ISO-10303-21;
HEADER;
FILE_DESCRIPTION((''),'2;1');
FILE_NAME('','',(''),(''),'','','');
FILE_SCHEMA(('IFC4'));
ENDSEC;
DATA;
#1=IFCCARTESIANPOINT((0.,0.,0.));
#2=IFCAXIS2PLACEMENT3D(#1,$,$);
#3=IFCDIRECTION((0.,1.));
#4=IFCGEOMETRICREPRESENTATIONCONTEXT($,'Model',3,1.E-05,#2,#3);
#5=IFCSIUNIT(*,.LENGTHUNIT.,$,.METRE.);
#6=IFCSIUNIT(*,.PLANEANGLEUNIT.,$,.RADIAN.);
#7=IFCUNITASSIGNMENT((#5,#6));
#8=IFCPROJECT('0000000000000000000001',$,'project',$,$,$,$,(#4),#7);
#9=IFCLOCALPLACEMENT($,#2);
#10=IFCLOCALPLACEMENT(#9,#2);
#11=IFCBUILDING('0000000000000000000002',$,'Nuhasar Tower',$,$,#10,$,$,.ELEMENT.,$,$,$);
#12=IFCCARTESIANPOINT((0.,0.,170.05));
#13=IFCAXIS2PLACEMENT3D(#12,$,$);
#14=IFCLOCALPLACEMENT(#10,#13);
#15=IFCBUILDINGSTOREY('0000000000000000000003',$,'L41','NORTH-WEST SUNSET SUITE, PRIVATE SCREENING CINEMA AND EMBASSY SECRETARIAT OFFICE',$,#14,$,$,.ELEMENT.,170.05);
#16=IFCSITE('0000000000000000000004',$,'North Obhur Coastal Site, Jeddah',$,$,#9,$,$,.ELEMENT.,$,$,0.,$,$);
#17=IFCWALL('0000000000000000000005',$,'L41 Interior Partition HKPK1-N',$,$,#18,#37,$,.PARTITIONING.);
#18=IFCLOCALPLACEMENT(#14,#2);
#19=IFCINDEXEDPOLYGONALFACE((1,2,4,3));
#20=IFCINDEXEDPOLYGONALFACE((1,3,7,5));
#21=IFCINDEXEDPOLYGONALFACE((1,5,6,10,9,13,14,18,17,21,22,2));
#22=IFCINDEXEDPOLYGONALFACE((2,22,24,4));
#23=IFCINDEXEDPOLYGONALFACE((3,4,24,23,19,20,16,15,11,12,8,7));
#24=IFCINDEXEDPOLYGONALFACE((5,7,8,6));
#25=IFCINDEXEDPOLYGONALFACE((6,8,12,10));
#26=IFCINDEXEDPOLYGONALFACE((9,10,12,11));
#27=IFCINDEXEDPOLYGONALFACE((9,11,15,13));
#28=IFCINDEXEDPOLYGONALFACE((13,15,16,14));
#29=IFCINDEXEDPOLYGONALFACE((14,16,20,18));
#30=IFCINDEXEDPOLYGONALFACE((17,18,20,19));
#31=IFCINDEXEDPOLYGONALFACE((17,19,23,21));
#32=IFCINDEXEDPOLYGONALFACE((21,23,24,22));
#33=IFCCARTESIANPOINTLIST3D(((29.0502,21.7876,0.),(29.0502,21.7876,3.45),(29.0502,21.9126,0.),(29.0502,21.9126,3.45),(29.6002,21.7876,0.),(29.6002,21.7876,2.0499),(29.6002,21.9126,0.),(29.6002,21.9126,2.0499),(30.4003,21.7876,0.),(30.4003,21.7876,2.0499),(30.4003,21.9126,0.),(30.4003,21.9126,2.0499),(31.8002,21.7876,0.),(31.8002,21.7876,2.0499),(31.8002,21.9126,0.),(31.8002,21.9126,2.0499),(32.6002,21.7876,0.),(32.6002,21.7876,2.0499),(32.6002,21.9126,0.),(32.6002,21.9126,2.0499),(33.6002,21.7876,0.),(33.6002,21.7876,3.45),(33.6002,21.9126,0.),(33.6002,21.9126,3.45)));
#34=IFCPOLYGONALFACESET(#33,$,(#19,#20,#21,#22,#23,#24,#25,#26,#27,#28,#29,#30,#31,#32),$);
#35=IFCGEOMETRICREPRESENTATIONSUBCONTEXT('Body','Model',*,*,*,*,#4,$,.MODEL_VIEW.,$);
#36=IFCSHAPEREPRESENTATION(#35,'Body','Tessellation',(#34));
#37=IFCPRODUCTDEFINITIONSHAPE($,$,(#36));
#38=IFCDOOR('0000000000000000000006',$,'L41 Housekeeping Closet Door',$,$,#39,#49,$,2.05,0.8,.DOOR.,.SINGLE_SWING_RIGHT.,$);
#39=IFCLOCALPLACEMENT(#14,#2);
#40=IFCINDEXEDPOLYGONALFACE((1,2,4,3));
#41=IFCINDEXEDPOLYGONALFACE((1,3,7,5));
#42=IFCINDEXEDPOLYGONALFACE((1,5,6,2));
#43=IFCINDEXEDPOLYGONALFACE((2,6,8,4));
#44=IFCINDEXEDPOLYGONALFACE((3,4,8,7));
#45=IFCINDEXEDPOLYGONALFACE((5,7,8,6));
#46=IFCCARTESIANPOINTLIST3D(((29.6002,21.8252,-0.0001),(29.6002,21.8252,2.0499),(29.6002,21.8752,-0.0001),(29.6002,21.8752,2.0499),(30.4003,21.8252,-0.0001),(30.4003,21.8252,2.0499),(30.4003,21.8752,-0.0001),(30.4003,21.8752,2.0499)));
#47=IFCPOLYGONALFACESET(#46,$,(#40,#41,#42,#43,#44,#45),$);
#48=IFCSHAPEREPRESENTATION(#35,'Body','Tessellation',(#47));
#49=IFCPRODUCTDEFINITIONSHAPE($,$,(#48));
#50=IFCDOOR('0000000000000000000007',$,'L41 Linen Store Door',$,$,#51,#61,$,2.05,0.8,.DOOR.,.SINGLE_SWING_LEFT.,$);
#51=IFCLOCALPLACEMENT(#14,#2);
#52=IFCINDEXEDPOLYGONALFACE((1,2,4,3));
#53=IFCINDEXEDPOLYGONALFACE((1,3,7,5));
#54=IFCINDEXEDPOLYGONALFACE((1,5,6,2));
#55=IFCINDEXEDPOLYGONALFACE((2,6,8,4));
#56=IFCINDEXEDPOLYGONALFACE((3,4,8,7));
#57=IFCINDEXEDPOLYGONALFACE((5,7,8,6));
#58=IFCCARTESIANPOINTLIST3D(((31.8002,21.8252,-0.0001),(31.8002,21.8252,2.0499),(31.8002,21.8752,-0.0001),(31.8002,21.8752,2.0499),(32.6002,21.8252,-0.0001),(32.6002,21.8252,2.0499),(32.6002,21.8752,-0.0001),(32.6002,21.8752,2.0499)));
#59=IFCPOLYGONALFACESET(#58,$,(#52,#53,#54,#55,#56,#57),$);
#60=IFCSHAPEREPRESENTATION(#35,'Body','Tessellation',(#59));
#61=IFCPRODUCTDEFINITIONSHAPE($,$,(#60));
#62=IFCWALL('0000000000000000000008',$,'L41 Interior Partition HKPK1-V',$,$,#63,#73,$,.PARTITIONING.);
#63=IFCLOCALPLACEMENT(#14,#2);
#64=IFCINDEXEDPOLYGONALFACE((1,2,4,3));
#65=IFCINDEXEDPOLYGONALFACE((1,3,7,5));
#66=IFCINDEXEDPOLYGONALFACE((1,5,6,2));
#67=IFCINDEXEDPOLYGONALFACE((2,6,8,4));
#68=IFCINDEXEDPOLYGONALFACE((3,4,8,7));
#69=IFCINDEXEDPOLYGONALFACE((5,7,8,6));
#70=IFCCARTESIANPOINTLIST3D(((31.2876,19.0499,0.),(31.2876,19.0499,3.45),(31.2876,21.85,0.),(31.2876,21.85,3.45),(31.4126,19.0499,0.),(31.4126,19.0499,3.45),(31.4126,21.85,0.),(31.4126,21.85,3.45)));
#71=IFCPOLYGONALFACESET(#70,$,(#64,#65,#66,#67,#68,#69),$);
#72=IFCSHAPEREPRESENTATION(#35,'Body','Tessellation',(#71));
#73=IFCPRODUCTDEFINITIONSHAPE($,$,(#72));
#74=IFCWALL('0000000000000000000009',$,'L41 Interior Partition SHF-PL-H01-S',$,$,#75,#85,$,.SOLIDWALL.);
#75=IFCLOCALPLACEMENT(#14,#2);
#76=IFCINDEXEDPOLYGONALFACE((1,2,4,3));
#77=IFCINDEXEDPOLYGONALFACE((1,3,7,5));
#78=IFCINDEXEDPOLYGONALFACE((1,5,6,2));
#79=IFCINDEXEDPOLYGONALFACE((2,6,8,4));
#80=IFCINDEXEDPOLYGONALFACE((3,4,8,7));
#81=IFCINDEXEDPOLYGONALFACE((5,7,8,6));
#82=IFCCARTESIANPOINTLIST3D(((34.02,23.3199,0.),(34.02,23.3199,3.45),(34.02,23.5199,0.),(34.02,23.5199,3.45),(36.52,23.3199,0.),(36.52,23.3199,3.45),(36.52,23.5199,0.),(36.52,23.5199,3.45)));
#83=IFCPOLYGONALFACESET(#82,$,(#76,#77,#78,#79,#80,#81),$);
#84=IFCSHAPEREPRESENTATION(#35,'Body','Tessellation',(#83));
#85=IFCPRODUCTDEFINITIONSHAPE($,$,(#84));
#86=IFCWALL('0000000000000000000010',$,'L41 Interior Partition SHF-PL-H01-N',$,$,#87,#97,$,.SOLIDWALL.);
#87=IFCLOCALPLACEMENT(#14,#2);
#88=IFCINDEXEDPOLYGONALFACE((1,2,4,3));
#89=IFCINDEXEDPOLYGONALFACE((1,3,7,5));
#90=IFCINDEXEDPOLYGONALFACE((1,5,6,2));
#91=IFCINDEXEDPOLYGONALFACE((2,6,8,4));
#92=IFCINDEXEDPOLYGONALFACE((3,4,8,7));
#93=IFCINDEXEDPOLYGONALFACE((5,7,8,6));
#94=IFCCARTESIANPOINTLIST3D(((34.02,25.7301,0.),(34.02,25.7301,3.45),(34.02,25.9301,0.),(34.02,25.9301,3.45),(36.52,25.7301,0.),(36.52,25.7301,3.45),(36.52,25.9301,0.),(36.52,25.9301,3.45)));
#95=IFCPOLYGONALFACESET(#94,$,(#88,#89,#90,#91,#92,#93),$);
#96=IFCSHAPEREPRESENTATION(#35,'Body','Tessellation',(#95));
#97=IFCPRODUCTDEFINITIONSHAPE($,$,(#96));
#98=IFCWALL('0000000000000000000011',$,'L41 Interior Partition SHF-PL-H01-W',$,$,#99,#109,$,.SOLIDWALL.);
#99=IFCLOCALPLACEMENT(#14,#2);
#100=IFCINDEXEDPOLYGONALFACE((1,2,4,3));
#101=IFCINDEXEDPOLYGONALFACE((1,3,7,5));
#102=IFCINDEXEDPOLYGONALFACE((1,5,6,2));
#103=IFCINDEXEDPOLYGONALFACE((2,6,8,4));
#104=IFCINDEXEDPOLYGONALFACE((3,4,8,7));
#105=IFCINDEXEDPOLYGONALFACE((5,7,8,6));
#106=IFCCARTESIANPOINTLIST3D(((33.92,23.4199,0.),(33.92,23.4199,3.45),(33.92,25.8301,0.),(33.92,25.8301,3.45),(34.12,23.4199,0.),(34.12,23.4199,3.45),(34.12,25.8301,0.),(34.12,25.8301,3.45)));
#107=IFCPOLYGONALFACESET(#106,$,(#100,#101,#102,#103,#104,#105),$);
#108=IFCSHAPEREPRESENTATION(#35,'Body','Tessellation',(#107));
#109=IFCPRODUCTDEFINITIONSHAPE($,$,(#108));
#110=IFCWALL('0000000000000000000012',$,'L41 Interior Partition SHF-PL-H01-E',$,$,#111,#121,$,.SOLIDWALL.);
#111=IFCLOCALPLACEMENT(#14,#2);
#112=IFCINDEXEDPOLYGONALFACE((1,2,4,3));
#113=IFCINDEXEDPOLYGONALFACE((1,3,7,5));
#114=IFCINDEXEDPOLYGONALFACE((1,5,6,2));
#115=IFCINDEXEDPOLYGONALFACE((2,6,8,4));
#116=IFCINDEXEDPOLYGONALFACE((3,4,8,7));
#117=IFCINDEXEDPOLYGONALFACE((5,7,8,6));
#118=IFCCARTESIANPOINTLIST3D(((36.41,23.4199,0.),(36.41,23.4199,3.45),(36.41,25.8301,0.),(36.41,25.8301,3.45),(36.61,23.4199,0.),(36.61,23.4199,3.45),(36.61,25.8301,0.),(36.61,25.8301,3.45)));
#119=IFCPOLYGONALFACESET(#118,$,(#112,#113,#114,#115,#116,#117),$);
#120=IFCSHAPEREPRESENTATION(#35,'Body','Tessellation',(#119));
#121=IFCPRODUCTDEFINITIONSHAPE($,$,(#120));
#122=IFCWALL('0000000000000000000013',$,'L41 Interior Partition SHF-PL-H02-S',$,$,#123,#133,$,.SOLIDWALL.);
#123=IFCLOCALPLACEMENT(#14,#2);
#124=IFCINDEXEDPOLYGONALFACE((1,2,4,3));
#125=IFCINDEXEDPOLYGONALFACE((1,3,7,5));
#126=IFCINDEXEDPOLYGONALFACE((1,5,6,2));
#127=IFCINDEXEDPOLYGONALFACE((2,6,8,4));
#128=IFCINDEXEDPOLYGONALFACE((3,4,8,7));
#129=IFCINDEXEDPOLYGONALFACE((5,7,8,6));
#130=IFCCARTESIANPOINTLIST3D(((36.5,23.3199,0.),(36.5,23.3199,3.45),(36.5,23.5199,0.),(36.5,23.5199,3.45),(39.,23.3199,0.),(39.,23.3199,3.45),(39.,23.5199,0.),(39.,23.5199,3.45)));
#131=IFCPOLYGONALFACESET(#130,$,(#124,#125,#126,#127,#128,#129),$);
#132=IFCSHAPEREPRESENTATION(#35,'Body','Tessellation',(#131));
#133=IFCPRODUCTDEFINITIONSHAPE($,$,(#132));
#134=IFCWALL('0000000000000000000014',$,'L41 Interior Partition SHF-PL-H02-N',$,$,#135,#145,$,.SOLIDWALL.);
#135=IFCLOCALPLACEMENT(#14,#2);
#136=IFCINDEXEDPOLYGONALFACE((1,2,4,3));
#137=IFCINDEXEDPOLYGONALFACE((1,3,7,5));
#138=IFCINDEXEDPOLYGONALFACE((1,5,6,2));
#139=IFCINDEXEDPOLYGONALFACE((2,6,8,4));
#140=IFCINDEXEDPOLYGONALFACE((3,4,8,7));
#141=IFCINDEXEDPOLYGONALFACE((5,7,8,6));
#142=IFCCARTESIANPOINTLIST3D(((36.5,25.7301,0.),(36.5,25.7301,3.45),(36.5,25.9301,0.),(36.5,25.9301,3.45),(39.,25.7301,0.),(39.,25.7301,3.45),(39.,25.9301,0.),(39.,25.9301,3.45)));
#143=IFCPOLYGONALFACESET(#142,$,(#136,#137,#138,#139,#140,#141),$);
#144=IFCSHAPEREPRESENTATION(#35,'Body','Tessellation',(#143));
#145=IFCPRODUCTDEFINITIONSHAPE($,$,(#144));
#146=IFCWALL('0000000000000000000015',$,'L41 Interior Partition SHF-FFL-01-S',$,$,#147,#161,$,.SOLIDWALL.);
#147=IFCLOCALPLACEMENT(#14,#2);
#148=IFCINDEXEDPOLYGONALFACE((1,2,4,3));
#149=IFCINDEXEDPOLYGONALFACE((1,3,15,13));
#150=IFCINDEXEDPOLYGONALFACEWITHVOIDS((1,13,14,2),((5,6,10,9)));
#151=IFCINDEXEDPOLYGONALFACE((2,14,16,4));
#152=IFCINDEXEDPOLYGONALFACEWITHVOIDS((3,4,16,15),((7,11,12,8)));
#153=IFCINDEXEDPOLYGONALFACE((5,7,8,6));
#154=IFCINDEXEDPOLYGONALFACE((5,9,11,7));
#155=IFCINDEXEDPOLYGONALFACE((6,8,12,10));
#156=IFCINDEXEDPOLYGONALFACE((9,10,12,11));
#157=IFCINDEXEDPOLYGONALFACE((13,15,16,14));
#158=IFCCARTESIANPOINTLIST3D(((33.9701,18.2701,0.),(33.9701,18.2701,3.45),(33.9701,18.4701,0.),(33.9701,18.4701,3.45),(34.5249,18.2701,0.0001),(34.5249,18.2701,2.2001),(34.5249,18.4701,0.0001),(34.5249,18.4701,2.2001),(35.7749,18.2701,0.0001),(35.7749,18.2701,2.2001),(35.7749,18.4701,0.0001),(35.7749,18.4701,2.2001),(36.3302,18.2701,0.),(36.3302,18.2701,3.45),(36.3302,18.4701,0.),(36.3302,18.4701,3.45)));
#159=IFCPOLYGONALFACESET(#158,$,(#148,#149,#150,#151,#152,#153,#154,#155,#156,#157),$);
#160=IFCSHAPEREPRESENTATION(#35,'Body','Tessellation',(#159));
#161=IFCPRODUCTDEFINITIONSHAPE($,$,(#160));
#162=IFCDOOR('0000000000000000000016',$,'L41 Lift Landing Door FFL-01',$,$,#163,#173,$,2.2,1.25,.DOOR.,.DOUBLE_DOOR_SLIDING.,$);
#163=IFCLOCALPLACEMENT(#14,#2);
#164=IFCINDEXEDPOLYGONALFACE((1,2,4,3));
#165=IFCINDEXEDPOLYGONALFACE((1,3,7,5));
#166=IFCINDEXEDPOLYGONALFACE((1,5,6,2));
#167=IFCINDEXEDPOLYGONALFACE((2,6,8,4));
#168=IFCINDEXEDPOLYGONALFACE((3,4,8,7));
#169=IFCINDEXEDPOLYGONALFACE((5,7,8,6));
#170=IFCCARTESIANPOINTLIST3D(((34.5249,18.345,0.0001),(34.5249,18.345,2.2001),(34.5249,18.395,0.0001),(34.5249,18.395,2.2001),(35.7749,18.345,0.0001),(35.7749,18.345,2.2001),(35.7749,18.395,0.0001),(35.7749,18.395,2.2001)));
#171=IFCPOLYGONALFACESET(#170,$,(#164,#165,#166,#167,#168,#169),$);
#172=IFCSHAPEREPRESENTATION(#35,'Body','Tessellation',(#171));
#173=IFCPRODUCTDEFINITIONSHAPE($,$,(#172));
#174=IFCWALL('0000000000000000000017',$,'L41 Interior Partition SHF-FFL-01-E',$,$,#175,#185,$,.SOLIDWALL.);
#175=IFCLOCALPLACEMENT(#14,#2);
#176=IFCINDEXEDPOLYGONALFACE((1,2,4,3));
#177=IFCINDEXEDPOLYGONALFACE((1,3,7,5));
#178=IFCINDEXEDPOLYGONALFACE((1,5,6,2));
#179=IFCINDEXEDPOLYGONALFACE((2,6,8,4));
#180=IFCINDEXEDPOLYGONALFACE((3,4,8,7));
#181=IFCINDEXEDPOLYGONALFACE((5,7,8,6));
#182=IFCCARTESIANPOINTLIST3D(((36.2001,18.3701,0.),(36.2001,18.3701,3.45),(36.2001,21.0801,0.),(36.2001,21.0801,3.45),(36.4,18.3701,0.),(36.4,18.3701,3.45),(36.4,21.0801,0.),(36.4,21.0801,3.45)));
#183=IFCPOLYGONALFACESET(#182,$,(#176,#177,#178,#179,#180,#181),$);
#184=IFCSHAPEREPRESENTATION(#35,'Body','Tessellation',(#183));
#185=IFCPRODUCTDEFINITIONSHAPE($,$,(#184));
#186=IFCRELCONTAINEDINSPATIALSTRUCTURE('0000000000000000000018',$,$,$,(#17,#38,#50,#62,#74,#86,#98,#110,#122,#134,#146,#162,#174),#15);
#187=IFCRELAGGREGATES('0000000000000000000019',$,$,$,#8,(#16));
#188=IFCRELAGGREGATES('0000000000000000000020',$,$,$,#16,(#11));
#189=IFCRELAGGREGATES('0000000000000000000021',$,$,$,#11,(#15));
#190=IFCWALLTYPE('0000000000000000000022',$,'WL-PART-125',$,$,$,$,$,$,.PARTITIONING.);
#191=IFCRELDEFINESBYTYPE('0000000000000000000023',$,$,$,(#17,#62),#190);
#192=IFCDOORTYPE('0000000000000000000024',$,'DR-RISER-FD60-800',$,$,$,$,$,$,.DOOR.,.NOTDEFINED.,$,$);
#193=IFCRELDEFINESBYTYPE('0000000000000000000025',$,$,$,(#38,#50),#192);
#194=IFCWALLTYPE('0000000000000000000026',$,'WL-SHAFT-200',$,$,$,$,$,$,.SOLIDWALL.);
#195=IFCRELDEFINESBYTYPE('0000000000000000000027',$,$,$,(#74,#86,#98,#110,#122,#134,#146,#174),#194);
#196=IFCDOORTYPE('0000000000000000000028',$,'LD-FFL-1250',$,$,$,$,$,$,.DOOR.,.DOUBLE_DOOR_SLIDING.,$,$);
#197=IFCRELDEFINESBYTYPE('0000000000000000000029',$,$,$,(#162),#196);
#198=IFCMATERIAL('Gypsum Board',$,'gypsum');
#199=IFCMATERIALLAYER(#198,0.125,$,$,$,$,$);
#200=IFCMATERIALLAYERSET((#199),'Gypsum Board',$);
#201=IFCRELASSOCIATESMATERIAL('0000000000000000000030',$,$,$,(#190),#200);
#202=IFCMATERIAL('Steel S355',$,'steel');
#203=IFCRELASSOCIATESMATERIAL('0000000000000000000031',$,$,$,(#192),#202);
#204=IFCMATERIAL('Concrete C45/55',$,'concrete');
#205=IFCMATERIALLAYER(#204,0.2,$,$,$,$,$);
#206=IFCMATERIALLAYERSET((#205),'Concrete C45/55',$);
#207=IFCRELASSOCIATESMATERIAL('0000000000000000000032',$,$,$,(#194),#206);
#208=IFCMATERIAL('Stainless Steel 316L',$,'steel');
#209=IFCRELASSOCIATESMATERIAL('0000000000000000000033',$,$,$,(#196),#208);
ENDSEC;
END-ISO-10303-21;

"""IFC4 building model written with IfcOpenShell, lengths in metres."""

from ifc_helpers import new_model, si_unit, direction, frame, frame_2d, origin, place, context, subcontext, project, spatial, rectangle, extrude, material, layer, layer_set, type_object, element, fill, save


model = new_model("IFC4")

# Units and contexts
model_context = context("Model", 3, precision=1e-05, world=origin(), true_north=direction((0.0, 1.0)))
body_context = subcontext(model_context, "Body", "Model", "MODEL_VIEW")
ifc_project = project(units=[si_unit("LENGTHUNIT", "METRE"), si_unit("PLANEANGLEUNIT", "RADIAN")], contexts=[model_context])

# Site, building, storey
site_placement = place(None, origin())
site = spatial("IfcSite", under=ifc_project, at=site_placement, Name="North Obhur Coastal Site, Jeddah", CompositionType="ELEMENT", RefElevation=0.0)
building_placement = place(site_placement, origin())
building = spatial("IfcBuilding", under=site, at=building_placement, Name="Nuhasar Tower", CompositionType="ELEMENT")
storey_placement = place(building_placement, frame((0.0, 0.0, 170.05)))
storey = spatial("IfcBuildingStorey", under=building, at=storey_placement, Name="L41", Description="NORTH-WEST SUNSET SUITE, PRIVATE SCREENING CINEMA AND EMBASSY SECRETARIAT OFFICE", CompositionType="ELEMENT", Elevation=170.05)

# Shared definitions
ifc_material_1 = material(Name="Steel S355", Category="steel")

# Shared definitions
ifc_material_2 = material(Name="Gypsum Board", Category="gypsum")

# Shared definitions
ifc_material_3 = material(Name="Concrete C45/55", Category="concrete")

# Wall, openings, doors
ifc_layer_1 = layer(ifc_material_2, 0.125)
ifc_layer_set_1 = layer_set([ifc_layer_1], Name="Gypsum Board")
wall_type_1 = type_object("IfcWallType", Name="WL-PART-125", PredefinedType="PARTITIONING", material=ifc_layer_set_1)
wall_1_placement = place(storey_placement, frame((33.6001, 21.8501, 0.0), z_axis=(0.0, 0.0, 1.0), x_axis=(-1.0, 0.0, 0.0)))
wall_1 = element("IfcWall", 1, at=wall_1_placement, inside=storey, type_object=wall_type_1, Name="L41 Interior Partition HKPK1-N", PredefinedType="PARTITIONING", context=body_context, shape_type="SweptSolid", body=[
    extrude(rectangle(XDim=4.55, YDim=0.125, at=frame_2d((2.2749, 0.0))), origin(), (0.0, 0.0, 1.0), 3.45),
])
opening_1_placement = place(wall_1_placement, frame((3.2, 0.0, 0.0)))
opening_1 = element("IfcOpeningElement", 2, at=opening_1_placement, cuts=wall_1, PredefinedType="OPENING", context=body_context, shape_type="SweptSolid", body=[
    extrude(rectangle(XDim=0.8, YDim=2.05, at=frame_2d((0.3999, 1.0249))), frame((0.0, 0.0725, 0.0), z_axis=(0.0, -1.0, 0.0), x_axis=(1.0, 0.0, 0.0)), (0.0, 0.0, 1.0), 0.145),
])
opening_2_placement = place(wall_1_placement, frame((1.0, 0.0, 0.0)))
opening_2 = element("IfcOpeningElement", 3, at=opening_2_placement, cuts=wall_1, PredefinedType="OPENING", context=body_context, shape_type="SweptSolid", body=[
    extrude(rectangle(XDim=0.8, YDim=2.05, at=frame_2d((0.3999, 1.0249))), frame((0.0, 0.0725, 0.0), z_axis=(0.0, -1.0, 0.0), x_axis=(1.0, 0.0, 0.0)), (0.0, 0.0, 1.0), 0.145),
])
door_type_1 = type_object("IfcDoorType", Name="DR-RISER-FD60-800", OperationType="NOTDEFINED", PredefinedType="DOOR", material=ifc_material_1)
door_1_placement = place(opening_1_placement, origin())
door_1 = element("IfcDoor", 4, at=door_1_placement, inside=storey, type_object=door_type_1, Name="L41 Housekeeping Closet Door", OperationType="SINGLE_SWING_RIGHT", OverallHeight=2.05, OverallWidth=0.8, PredefinedType="DOOR", context=body_context, shape_type="SweptSolid", body=[
    extrude(rectangle(XDim=0.8, YDim=2.05, at=frame_2d((0.3999, 1.0249))), frame((0.0, 0.0249, 0.0), z_axis=(0.0, -1.0, 0.0), x_axis=(1.0, 0.0, 0.0)), (0.0, 0.0, 1.0), 0.05),
])
fill(opening_1, door_1)
door_2_placement = place(opening_2_placement, origin())
door_2 = element("IfcDoor", 5, at=door_2_placement, inside=storey, type_object=door_type_1, Name="L41 Linen Store Door", OperationType="SINGLE_SWING_LEFT", OverallHeight=2.05, OverallWidth=0.8, PredefinedType="DOOR", context=body_context, shape_type="SweptSolid", body=[
    extrude(rectangle(XDim=0.8, YDim=2.05, at=frame_2d((0.3999, 1.0249))), frame((0.0, 0.0249, 0.0), z_axis=(0.0, -1.0, 0.0), x_axis=(1.0, 0.0, 0.0)), (0.0, 0.0, 1.0), 0.05),
])
fill(opening_2, door_2)

# Walls
wall_2_placement = place(storey_placement, frame((31.3501, 19.05, 0.0), z_axis=(0.0, 0.0, 1.0), x_axis=(0.0, 1.0, 0.0)))
element("IfcWall", 6, at=wall_2_placement, inside=storey, type_object=wall_type_1, Name="L41 Interior Partition HKPK1-V", PredefinedType="PARTITIONING", context=body_context, shape_type="SweptSolid", body=[
    extrude(rectangle(XDim=2.8, YDim=0.125, at=frame_2d((1.3999, 0.0))), origin(), (0.0, 0.0, 1.0), 3.45),
])
ifc_layer_2 = layer(ifc_material_3, 0.2)
ifc_layer_set_2 = layer_set([ifc_layer_2], Name="Concrete C45/55")
wall_type_2 = type_object("IfcWallType", Name="WL-SHAFT-200", PredefinedType="SOLIDWALL", material=ifc_layer_set_2)
for number, where, z_axis, x_axis, name in (
    (7, (34.02, 23.4199, 0.0), (0.0, 0.0, 1.0), (1.0, 0.0, 0.0), "L41 Interior Partition SHF-PL-H01-S"),
    (8, (34.02, 25.8301, 0.0), (0.0, 0.0, 1.0), (1.0, 0.0, 0.0), "L41 Interior Partition SHF-PL-H01-N"),
):
    element("IfcWall", number, at=place(storey_placement, frame(where, z_axis=z_axis, x_axis=x_axis)), inside=storey, type_object=wall_type_2, Name=name, PredefinedType="SOLIDWALL", context=body_context, shape_type="SweptSolid", body=[
        extrude(rectangle(XDim=2.5, YDim=0.2, at=frame_2d((1.25, 0.0))), origin(), (0.0, 0.0, 1.0), 3.45),
    ])
for number, where, z_axis, x_axis, name in (
    (9, (34.02, 23.4199, 0.0), (0.0, 0.0, 1.0), (0.0, 1.0, 0.0), "L41 Interior Partition SHF-PL-H01-W"),
    (10, (36.51, 23.4199, 0.0), (0.0, 0.0, 1.0), (0.0, 1.0, 0.0), "L41 Interior Partition SHF-PL-H01-E"),
):
    element("IfcWall", number, at=place(storey_placement, frame(where, z_axis=z_axis, x_axis=x_axis)), inside=storey, type_object=wall_type_2, Name=name, PredefinedType="SOLIDWALL", context=body_context, shape_type="SweptSolid", body=[
        extrude(rectangle(XDim=2.4102, YDim=0.2, at=frame_2d((1.2051, 0.0))), origin(), (0.0, 0.0, 1.0), 3.45),
    ])
for number, where, z_axis, x_axis, name in (
    (11, (36.5, 23.4199, 0.0), (0.0, 0.0, 1.0), (1.0, 0.0, 0.0), "L41 Interior Partition SHF-PL-H02-S"),
    (12, (36.5, 25.8301, 0.0), (0.0, 0.0, 1.0), (1.0, 0.0, 0.0), "L41 Interior Partition SHF-PL-H02-N"),
):
    element("IfcWall", number, at=place(storey_placement, frame(where, z_axis=z_axis, x_axis=x_axis)), inside=storey, type_object=wall_type_2, Name=name, PredefinedType="SOLIDWALL", context=body_context, shape_type="SweptSolid", body=[
        extrude(rectangle(XDim=2.5, YDim=0.2, at=frame_2d((1.25, 0.0))), origin(), (0.0, 0.0, 1.0), 3.45),
    ])

# Wall, opening, door
wall_3_placement = place(storey_placement, frame((33.97, 18.3701, 0.0), z_axis=(0.0, 0.0, 1.0), x_axis=(1.0, 0.0, 0.0)))
wall_3 = element("IfcWall", 13, at=wall_3_placement, inside=storey, type_object=wall_type_2, Name="L41 Interior Partition SHF-FFL-01-S", PredefinedType="SOLIDWALL", context=body_context, shape_type="SweptSolid", body=[
    extrude(rectangle(XDim=2.3601, YDim=0.2, at=frame_2d((1.1802, 0.0))), origin(), (0.0, 0.0, 1.0), 3.45),
])
opening_3_placement = place(wall_3_placement, frame((0.5549, 0.0, 0.0)))
opening_3 = element("IfcOpeningElement", 14, at=opening_3_placement, cuts=wall_3, PredefinedType="OPENING", context=body_context, shape_type="SweptSolid", body=[
    extrude(rectangle(XDim=1.25, YDim=2.2, at=frame_2d((0.625, 1.1001))), frame((0.0, 0.1099, 0.0), z_axis=(0.0, -1.0, 0.0), x_axis=(1.0, 0.0, 0.0)), (0.0, 0.0, 1.0), 0.22),
])
ifc_material_4 = material(Name="Stainless Steel 316L", Category="steel")
door_type_2 = type_object("IfcDoorType", Name="LD-FFL-1250", OperationType="DOUBLE_DOOR_SLIDING", PredefinedType="DOOR", material=ifc_material_4)
door_3_placement = place(opening_3_placement, origin())
door_3 = element("IfcDoor", 15, at=door_3_placement, inside=storey, type_object=door_type_2, Name="L41 Lift Landing Door FFL-01", OperationType="DOUBLE_DOOR_SLIDING", OverallHeight=2.2, OverallWidth=1.25, PredefinedType="DOOR", context=body_context, shape_type="SweptSolid", body=[
    extrude(rectangle(XDim=1.25, YDim=2.2, at=frame_2d((0.625, 1.1001))), frame((0.0, 0.0249, 0.0), z_axis=(0.0, -1.0, 0.0), x_axis=(1.0, 0.0, 0.0)), (0.0, 0.0, 1.0), 0.05),
])
fill(opening_3, door_3)

# Wall
wall_4_placement = place(storey_placement, frame((36.3, 18.3701, 0.0), z_axis=(0.0, 0.0, 1.0), x_axis=(0.0, 1.0, 0.0)))
element("IfcWall", 16, at=wall_4_placement, inside=storey, type_object=wall_type_2, Name="L41 Interior Partition SHF-FFL-01-E", PredefinedType="SOLIDWALL", context=body_context, shape_type="SweptSolid", body=[
    extrude(rectangle(XDim=2.71, YDim=0.2, at=frame_2d((1.355, 0.0))), origin(), (0.0, 0.0, 1.0), 3.45),
])

save(model, "model.ifc")
